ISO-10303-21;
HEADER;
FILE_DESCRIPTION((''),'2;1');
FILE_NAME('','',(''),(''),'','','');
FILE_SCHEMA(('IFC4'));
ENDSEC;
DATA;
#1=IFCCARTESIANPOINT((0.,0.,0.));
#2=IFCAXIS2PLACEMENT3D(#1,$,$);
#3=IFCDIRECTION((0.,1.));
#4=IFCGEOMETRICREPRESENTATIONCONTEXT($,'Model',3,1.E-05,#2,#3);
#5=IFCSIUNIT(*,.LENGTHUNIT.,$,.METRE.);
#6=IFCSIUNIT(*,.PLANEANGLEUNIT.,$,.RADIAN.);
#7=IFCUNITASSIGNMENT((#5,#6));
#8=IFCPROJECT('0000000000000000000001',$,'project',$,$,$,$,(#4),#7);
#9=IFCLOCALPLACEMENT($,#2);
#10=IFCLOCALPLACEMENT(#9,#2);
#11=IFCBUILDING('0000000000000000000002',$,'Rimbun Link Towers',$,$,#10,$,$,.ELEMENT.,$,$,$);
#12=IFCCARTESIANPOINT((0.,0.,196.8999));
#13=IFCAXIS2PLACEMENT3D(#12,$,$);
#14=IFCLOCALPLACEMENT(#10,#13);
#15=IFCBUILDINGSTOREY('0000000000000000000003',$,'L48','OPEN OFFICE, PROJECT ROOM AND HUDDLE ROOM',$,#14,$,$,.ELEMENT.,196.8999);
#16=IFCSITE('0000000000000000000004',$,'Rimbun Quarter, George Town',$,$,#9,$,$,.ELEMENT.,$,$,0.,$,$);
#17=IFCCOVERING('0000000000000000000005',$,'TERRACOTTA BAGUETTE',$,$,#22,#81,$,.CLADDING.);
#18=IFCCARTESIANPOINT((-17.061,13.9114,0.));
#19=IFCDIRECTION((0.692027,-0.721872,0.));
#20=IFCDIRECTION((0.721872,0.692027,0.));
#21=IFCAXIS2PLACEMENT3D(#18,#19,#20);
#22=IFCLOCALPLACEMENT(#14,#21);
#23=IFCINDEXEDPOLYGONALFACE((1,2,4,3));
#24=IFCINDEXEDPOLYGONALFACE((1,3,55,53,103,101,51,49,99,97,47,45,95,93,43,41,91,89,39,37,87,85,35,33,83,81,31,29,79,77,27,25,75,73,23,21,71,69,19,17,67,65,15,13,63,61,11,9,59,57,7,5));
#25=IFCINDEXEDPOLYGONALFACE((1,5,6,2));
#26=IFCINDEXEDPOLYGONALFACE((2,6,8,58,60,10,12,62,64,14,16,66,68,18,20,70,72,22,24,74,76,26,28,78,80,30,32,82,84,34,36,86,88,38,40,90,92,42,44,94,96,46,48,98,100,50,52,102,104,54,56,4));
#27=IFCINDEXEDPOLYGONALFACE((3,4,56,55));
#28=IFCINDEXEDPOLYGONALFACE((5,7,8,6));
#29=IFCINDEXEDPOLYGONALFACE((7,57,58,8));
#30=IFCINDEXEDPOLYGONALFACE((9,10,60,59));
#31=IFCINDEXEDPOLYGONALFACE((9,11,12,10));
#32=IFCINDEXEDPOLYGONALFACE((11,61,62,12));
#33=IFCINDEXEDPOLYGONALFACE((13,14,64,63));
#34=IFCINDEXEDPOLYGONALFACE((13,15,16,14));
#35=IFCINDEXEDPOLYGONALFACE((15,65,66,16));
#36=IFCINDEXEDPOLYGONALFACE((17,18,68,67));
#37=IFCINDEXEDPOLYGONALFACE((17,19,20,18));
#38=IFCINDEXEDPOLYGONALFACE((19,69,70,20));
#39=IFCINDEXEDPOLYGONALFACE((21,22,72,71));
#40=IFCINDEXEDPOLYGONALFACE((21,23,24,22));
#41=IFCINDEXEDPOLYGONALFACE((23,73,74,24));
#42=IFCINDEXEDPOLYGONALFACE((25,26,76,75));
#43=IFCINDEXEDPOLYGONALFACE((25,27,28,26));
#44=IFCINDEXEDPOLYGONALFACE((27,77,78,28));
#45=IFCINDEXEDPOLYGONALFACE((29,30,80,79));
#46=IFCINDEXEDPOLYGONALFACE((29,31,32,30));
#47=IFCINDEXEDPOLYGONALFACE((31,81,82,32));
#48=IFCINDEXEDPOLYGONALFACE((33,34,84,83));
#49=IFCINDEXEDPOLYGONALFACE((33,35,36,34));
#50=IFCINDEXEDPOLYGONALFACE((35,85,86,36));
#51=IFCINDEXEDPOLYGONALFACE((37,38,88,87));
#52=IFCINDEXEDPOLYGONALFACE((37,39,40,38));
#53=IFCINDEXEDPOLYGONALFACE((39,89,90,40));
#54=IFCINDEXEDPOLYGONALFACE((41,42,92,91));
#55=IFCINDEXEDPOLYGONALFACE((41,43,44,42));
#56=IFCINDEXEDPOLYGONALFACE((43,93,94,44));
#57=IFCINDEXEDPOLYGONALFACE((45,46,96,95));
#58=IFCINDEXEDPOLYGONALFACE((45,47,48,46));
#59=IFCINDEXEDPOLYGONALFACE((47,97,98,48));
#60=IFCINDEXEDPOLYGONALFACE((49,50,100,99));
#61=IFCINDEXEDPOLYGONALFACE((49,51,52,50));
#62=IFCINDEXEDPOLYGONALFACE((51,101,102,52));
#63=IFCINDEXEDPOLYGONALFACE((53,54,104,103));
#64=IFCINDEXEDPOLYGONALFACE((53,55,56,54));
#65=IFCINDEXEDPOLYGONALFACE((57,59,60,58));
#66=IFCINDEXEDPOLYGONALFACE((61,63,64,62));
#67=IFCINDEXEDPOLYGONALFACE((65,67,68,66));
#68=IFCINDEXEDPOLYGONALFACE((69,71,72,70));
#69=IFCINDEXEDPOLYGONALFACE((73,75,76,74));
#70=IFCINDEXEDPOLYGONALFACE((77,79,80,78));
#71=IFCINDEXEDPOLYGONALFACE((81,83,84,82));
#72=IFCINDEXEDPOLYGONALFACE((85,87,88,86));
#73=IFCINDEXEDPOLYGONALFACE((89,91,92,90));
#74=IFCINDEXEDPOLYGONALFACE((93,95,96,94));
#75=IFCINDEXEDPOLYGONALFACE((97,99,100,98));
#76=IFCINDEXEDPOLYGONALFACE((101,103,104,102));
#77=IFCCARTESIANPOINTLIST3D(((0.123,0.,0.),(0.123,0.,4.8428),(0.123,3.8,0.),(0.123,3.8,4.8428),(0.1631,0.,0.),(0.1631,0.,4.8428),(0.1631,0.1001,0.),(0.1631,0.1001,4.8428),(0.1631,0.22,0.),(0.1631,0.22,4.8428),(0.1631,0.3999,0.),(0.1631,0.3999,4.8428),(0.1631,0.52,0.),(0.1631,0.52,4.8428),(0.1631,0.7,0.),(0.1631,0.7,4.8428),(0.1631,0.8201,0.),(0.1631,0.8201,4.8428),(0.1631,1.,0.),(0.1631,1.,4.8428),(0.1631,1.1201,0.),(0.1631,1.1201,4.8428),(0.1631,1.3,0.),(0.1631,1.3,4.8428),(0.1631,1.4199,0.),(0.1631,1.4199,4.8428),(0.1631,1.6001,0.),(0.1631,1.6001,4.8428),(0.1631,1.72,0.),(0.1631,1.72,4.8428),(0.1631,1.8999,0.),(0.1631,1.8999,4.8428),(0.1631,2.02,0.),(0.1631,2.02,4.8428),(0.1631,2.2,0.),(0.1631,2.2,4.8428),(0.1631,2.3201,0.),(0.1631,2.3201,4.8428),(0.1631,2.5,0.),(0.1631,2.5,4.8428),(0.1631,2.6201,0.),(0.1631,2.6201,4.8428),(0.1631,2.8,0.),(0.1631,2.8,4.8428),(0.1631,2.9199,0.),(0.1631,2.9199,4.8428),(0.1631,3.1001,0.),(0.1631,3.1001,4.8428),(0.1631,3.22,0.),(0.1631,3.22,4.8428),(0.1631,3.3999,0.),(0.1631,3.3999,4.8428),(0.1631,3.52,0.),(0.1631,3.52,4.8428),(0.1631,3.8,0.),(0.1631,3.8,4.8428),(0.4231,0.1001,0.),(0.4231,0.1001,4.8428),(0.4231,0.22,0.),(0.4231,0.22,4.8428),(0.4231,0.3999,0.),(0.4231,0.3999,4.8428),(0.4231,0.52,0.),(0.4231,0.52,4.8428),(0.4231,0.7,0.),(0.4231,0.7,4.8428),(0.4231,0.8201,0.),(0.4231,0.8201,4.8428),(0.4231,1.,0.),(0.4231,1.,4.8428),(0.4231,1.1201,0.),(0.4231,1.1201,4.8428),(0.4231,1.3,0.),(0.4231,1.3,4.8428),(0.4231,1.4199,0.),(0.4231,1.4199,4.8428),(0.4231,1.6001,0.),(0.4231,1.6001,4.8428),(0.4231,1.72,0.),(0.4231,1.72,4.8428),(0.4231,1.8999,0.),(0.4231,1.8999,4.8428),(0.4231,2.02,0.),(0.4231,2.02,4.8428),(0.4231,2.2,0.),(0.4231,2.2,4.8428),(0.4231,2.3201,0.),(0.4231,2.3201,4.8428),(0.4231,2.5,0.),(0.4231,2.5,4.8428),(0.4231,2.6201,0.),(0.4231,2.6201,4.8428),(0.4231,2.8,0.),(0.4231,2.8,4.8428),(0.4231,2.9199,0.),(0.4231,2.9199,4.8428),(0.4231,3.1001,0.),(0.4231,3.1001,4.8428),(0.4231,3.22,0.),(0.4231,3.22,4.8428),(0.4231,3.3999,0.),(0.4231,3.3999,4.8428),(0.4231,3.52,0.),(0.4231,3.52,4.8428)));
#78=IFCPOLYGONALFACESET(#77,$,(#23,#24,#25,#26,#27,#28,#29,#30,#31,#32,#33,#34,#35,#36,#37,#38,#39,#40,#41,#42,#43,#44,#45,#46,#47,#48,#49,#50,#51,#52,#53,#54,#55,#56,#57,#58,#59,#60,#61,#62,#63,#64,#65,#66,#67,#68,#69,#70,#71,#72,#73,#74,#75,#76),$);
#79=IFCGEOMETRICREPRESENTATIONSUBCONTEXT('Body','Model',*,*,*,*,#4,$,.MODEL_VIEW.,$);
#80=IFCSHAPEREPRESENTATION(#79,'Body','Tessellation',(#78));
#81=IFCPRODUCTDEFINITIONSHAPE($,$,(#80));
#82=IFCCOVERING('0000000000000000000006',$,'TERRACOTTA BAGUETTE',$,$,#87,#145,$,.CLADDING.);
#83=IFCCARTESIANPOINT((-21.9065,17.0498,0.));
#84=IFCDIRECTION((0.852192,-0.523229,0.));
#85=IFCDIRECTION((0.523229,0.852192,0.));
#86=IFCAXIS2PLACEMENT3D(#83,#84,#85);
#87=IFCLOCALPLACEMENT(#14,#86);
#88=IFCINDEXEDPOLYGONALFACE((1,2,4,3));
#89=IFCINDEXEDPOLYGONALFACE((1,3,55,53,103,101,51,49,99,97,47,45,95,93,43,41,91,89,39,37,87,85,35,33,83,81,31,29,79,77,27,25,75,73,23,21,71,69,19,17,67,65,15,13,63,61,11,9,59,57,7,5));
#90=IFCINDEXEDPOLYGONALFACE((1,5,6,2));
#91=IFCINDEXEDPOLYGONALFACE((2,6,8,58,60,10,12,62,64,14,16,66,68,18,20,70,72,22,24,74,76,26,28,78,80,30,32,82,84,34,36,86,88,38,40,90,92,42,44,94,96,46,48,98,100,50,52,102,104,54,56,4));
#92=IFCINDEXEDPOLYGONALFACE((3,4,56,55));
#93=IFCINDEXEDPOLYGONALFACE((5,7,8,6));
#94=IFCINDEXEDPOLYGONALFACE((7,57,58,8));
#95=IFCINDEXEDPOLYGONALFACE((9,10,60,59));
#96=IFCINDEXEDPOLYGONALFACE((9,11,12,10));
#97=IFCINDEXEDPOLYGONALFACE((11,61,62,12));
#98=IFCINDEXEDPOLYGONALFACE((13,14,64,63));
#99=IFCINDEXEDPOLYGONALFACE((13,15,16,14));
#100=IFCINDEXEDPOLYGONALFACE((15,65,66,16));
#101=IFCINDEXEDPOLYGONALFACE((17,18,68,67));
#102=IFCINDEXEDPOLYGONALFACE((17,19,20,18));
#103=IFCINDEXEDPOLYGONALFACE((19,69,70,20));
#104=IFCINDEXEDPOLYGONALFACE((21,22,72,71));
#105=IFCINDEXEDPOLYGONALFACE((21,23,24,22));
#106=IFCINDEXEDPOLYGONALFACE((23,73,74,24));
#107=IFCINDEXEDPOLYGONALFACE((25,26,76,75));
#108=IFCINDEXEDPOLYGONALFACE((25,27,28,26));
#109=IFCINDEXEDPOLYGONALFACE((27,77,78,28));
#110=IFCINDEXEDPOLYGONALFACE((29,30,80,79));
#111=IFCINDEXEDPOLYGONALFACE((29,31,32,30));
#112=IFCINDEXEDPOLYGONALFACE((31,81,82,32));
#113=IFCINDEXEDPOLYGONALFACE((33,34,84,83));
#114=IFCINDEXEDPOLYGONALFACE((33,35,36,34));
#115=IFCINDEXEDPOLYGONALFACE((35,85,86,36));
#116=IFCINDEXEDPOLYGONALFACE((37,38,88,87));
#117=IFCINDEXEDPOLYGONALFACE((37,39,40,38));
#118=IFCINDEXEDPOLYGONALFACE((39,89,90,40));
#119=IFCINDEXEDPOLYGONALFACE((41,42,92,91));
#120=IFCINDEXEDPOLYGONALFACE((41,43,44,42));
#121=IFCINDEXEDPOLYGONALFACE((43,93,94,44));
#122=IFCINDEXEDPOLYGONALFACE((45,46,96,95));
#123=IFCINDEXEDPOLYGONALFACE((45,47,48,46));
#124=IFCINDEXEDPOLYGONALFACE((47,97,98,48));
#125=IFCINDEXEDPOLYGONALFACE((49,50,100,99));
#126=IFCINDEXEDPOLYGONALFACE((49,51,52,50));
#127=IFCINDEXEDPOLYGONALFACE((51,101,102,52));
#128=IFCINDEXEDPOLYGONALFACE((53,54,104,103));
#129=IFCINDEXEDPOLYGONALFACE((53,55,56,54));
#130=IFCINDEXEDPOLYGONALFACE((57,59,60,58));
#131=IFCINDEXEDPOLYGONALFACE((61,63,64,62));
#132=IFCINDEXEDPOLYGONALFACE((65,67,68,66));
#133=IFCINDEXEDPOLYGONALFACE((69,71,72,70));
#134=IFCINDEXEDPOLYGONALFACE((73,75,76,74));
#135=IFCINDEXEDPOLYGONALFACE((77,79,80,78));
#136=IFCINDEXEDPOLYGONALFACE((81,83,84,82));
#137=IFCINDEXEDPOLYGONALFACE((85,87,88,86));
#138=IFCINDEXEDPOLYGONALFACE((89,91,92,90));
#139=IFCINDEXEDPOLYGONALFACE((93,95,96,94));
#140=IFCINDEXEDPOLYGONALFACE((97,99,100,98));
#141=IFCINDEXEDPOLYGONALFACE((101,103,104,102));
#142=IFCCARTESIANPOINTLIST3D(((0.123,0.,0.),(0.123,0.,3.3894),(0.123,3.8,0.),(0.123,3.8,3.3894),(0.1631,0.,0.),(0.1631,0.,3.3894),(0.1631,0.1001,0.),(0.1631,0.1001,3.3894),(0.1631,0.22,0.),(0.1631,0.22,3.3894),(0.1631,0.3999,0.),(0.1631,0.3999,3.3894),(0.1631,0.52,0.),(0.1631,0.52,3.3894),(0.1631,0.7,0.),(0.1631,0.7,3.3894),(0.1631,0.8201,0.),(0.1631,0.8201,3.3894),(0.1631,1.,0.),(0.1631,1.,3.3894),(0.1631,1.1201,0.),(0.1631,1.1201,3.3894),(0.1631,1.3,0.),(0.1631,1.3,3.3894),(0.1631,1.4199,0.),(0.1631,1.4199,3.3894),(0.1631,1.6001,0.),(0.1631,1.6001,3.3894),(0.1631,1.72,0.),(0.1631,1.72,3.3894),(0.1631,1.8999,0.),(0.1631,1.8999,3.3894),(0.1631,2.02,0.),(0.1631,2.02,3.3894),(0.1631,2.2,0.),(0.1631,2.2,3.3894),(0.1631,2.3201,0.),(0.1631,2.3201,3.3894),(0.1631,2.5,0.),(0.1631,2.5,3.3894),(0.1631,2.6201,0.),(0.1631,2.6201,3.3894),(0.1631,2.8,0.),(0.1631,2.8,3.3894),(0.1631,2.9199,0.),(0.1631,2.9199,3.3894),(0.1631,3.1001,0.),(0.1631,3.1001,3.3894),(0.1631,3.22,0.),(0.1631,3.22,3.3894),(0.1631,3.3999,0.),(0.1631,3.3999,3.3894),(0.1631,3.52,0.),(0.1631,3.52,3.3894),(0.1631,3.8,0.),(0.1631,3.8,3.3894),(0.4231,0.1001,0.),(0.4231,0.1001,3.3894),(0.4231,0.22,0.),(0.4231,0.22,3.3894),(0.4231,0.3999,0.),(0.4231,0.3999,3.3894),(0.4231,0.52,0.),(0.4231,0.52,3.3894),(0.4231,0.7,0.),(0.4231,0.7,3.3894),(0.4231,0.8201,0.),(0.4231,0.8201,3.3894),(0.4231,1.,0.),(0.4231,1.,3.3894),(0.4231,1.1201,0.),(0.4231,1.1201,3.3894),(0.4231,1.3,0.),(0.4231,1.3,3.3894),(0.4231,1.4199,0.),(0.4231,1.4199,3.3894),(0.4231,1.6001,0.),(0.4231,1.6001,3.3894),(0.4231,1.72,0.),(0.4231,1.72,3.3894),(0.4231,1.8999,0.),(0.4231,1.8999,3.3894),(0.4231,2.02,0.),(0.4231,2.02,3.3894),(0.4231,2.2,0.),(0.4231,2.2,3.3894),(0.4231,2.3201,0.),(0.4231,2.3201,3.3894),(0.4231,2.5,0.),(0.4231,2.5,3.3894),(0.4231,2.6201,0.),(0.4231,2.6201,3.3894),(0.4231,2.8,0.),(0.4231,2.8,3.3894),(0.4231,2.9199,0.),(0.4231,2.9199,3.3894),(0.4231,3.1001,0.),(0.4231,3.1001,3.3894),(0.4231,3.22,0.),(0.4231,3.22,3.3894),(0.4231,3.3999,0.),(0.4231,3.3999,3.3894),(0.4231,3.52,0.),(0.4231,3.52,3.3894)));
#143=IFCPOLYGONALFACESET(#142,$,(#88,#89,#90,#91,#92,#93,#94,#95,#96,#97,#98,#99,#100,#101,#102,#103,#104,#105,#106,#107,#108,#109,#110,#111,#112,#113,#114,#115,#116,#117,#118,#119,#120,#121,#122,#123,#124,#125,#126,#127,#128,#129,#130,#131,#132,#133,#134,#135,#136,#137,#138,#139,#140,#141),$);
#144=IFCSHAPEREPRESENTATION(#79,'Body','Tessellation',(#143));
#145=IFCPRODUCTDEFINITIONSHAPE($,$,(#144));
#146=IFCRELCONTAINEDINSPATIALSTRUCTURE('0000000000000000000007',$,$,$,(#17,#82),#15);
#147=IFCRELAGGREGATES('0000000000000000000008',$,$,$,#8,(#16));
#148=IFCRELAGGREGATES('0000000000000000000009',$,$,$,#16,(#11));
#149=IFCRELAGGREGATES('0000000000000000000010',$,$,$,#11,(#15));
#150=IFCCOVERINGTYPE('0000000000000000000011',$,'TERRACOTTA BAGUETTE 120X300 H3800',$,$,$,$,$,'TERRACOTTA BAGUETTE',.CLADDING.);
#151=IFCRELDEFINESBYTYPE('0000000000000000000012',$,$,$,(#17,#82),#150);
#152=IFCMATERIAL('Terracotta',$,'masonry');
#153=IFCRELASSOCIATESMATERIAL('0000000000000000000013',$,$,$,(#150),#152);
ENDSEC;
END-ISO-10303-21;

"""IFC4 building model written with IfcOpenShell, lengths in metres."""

from ifc_helpers import new_model, si_unit, direction, frame, origin, place, context, subcontext, project, spatial, polyline, outline, extrude, material, material_profile, profile_set, type_object, element, save


model = new_model("IFC4")

# Units and contexts
model_context = context("Model", 3, precision=1e-05, world=origin(), true_north=direction((0.0, 1.0)))
body_context = subcontext(model_context, "Body", "Model", "MODEL_VIEW")
ifc_project = project(units=[si_unit("LENGTHUNIT", "METRE"), si_unit("PLANEANGLEUNIT", "RADIAN")], contexts=[model_context])

# Site, building, storey
site_placement = place(None, origin())
site = spatial("IfcSite", under=ifc_project, at=site_placement, Name="Rimbun Quarter, George Town", CompositionType="ELEMENT", RefElevation=0.0)
building_placement = place(site_placement, origin())
building = spatial("IfcBuilding", under=site, at=building_placement, Name="Rimbun Link Towers", CompositionType="ELEMENT")
storey_placement = place(building_placement, frame((0.0, 0.0, 196.8999)))
storey = spatial("IfcBuildingStorey", under=building, at=storey_placement, Name="L48", Description="OPEN OFFICE, PROJECT ROOM AND HUDDLE ROOM", CompositionType="ELEMENT", Elevation=196.8999)

# Coverings
ifc_material_1 = material(Name="Terracotta", Category="masonry")
ifc_material_profile_1 = material_profile(ifc_material_1, outline(polyline([(0.123, 0.0), (0.1631, 0.0), (0.1631, 0.1001), (0.4231, 0.1001), (0.4231, 0.22), (0.1631, 0.22), (0.1631, 0.3999), (0.4231, 0.3999), (0.4231, 0.52), (0.1631, 0.52), (0.1631, 0.7), (0.4231, 0.7), (0.4231, 0.8201), (0.1631, 0.8201), (0.1631, 1.0), (0.4231, 1.0), (0.4231, 1.1201), (0.1631, 1.1201), (0.1631, 1.3), (0.4231, 1.3), (0.4231, 1.4199), (0.1631, 1.4199), (0.1631, 1.6001), (0.4231, 1.6001), (0.4231, 1.72), (0.1631, 1.72), (0.1631, 1.8999), (0.4231, 1.8999), (0.4231, 2.02), (0.1631, 2.02), (0.1631, 2.2), (0.4231, 2.2), (0.4231, 2.3201), (0.1631, 2.3201), (0.1631, 2.5), (0.4231, 2.5), (0.4231, 2.6201), (0.1631, 2.6201), (0.1631, 2.8), (0.4231, 2.8), (0.4231, 2.9199), (0.1631, 2.9199), (0.1631, 3.1001), (0.4231, 3.1001), (0.4231, 3.22), (0.1631, 3.22), (0.1631, 3.3999), (0.4231, 3.3999), (0.4231, 3.52), (0.1631, 3.52), (0.1631, 3.8), (0.123, 3.8), (0.123, 0.0)])), Name="BAGUETTE 120X300")
ifc_profile_set_1 = profile_set([ifc_material_profile_1], Name="Terracotta")
covering_type = type_object("IfcCoveringType", Name="TERRACOTTA BAGUETTE 120X300 H3800", ElementType="TERRACOTTA BAGUETTE", PredefinedType="CLADDING", material=ifc_profile_set_1)
covering_1_placement = place(storey_placement, frame((-17.061, 13.9114, 0.0), z_axis=(0.692027, -0.721872, 0.0), x_axis=(0.721872, 0.692027, 0.0)))
element("IfcCovering", 1, at=covering_1_placement, inside=storey, type_object=covering_type, Name="TERRACOTTA BAGUETTE", PredefinedType="CLADDING", context=body_context, shape_type="SweptSolid", body=[
    extrude(outline(polyline([(0.123, 0.0), (0.1631, 0.0), (0.1631, 0.1001), (0.4231, 0.1001), (0.4231, 0.22), (0.1631, 0.22), (0.1631, 0.3999), (0.4231, 0.3999), (0.4231, 0.52), (0.1631, 0.52), (0.1631, 0.7), (0.4231, 0.7), (0.4231, 0.8201), (0.1631, 0.8201), (0.1631, 1.0), (0.4231, 1.0), (0.4231, 1.1201), (0.1631, 1.1201), (0.1631, 1.3), (0.4231, 1.3), (0.4231, 1.4199), (0.1631, 1.4199), (0.1631, 1.6001), (0.4231, 1.6001), (0.4231, 1.72), (0.1631, 1.72), (0.1631, 1.8999), (0.4231, 1.8999), (0.4231, 2.02), (0.1631, 2.02), (0.1631, 2.2), (0.4231, 2.2), (0.4231, 2.3201), (0.1631, 2.3201), (0.1631, 2.5), (0.4231, 2.5), (0.4231, 2.6201), (0.1631, 2.6201), (0.1631, 2.8), (0.4231, 2.8), (0.4231, 2.9199), (0.1631, 2.9199), (0.1631, 3.1001), (0.4231, 3.1001), (0.4231, 3.22), (0.1631, 3.22), (0.1631, 3.3999), (0.4231, 3.3999), (0.4231, 3.52), (0.1631, 3.52), (0.1631, 3.8), (0.123, 3.8), (0.123, 0.0)])), origin(), (0.0, 0.0, 1.0), 4.8428),
])
covering_2_placement = place(storey_placement, frame((-21.9065, 17.0498, 0.0), z_axis=(0.852192, -0.523229, 0.0), x_axis=(0.523229, 0.852192, 0.0)))
element("IfcCovering", 2, at=covering_2_placement, inside=storey, type_object=covering_type, Name="TERRACOTTA BAGUETTE", PredefinedType="CLADDING", context=body_context, shape_type="SweptSolid", body=[
    extrude(outline(polyline([(0.123, 0.0), (0.1631, 0.0), (0.1631, 0.1001), (0.4231, 0.1001), (0.4231, 0.22), (0.1631, 0.22), (0.1631, 0.3999), (0.4231, 0.3999), (0.4231, 0.52), (0.1631, 0.52), (0.1631, 0.7), (0.4231, 0.7), (0.4231, 0.8201), (0.1631, 0.8201), (0.1631, 1.0), (0.4231, 1.0), (0.4231, 1.1201), (0.1631, 1.1201), (0.1631, 1.3), (0.4231, 1.3), (0.4231, 1.4199), (0.1631, 1.4199), (0.1631, 1.6001), (0.4231, 1.6001), (0.4231, 1.72), (0.1631, 1.72), (0.1631, 1.8999), (0.4231, 1.8999), (0.4231, 2.02), (0.1631, 2.02), (0.1631, 2.2), (0.4231, 2.2), (0.4231, 2.3201), (0.1631, 2.3201), (0.1631, 2.5), (0.4231, 2.5), (0.4231, 2.6201), (0.1631, 2.6201), (0.1631, 2.8), (0.4231, 2.8), (0.4231, 2.9199), (0.1631, 2.9199), (0.1631, 3.1001), (0.4231, 3.1001), (0.4231, 3.22), (0.1631, 3.22), (0.1631, 3.3999), (0.4231, 3.3999), (0.4231, 3.52), (0.1631, 3.52), (0.1631, 3.8), (0.123, 3.8), (0.123, 0.0)])), origin(), (0.0, 0.0, 1.0), 3.3894),
])

save(model, "model.ifc")
